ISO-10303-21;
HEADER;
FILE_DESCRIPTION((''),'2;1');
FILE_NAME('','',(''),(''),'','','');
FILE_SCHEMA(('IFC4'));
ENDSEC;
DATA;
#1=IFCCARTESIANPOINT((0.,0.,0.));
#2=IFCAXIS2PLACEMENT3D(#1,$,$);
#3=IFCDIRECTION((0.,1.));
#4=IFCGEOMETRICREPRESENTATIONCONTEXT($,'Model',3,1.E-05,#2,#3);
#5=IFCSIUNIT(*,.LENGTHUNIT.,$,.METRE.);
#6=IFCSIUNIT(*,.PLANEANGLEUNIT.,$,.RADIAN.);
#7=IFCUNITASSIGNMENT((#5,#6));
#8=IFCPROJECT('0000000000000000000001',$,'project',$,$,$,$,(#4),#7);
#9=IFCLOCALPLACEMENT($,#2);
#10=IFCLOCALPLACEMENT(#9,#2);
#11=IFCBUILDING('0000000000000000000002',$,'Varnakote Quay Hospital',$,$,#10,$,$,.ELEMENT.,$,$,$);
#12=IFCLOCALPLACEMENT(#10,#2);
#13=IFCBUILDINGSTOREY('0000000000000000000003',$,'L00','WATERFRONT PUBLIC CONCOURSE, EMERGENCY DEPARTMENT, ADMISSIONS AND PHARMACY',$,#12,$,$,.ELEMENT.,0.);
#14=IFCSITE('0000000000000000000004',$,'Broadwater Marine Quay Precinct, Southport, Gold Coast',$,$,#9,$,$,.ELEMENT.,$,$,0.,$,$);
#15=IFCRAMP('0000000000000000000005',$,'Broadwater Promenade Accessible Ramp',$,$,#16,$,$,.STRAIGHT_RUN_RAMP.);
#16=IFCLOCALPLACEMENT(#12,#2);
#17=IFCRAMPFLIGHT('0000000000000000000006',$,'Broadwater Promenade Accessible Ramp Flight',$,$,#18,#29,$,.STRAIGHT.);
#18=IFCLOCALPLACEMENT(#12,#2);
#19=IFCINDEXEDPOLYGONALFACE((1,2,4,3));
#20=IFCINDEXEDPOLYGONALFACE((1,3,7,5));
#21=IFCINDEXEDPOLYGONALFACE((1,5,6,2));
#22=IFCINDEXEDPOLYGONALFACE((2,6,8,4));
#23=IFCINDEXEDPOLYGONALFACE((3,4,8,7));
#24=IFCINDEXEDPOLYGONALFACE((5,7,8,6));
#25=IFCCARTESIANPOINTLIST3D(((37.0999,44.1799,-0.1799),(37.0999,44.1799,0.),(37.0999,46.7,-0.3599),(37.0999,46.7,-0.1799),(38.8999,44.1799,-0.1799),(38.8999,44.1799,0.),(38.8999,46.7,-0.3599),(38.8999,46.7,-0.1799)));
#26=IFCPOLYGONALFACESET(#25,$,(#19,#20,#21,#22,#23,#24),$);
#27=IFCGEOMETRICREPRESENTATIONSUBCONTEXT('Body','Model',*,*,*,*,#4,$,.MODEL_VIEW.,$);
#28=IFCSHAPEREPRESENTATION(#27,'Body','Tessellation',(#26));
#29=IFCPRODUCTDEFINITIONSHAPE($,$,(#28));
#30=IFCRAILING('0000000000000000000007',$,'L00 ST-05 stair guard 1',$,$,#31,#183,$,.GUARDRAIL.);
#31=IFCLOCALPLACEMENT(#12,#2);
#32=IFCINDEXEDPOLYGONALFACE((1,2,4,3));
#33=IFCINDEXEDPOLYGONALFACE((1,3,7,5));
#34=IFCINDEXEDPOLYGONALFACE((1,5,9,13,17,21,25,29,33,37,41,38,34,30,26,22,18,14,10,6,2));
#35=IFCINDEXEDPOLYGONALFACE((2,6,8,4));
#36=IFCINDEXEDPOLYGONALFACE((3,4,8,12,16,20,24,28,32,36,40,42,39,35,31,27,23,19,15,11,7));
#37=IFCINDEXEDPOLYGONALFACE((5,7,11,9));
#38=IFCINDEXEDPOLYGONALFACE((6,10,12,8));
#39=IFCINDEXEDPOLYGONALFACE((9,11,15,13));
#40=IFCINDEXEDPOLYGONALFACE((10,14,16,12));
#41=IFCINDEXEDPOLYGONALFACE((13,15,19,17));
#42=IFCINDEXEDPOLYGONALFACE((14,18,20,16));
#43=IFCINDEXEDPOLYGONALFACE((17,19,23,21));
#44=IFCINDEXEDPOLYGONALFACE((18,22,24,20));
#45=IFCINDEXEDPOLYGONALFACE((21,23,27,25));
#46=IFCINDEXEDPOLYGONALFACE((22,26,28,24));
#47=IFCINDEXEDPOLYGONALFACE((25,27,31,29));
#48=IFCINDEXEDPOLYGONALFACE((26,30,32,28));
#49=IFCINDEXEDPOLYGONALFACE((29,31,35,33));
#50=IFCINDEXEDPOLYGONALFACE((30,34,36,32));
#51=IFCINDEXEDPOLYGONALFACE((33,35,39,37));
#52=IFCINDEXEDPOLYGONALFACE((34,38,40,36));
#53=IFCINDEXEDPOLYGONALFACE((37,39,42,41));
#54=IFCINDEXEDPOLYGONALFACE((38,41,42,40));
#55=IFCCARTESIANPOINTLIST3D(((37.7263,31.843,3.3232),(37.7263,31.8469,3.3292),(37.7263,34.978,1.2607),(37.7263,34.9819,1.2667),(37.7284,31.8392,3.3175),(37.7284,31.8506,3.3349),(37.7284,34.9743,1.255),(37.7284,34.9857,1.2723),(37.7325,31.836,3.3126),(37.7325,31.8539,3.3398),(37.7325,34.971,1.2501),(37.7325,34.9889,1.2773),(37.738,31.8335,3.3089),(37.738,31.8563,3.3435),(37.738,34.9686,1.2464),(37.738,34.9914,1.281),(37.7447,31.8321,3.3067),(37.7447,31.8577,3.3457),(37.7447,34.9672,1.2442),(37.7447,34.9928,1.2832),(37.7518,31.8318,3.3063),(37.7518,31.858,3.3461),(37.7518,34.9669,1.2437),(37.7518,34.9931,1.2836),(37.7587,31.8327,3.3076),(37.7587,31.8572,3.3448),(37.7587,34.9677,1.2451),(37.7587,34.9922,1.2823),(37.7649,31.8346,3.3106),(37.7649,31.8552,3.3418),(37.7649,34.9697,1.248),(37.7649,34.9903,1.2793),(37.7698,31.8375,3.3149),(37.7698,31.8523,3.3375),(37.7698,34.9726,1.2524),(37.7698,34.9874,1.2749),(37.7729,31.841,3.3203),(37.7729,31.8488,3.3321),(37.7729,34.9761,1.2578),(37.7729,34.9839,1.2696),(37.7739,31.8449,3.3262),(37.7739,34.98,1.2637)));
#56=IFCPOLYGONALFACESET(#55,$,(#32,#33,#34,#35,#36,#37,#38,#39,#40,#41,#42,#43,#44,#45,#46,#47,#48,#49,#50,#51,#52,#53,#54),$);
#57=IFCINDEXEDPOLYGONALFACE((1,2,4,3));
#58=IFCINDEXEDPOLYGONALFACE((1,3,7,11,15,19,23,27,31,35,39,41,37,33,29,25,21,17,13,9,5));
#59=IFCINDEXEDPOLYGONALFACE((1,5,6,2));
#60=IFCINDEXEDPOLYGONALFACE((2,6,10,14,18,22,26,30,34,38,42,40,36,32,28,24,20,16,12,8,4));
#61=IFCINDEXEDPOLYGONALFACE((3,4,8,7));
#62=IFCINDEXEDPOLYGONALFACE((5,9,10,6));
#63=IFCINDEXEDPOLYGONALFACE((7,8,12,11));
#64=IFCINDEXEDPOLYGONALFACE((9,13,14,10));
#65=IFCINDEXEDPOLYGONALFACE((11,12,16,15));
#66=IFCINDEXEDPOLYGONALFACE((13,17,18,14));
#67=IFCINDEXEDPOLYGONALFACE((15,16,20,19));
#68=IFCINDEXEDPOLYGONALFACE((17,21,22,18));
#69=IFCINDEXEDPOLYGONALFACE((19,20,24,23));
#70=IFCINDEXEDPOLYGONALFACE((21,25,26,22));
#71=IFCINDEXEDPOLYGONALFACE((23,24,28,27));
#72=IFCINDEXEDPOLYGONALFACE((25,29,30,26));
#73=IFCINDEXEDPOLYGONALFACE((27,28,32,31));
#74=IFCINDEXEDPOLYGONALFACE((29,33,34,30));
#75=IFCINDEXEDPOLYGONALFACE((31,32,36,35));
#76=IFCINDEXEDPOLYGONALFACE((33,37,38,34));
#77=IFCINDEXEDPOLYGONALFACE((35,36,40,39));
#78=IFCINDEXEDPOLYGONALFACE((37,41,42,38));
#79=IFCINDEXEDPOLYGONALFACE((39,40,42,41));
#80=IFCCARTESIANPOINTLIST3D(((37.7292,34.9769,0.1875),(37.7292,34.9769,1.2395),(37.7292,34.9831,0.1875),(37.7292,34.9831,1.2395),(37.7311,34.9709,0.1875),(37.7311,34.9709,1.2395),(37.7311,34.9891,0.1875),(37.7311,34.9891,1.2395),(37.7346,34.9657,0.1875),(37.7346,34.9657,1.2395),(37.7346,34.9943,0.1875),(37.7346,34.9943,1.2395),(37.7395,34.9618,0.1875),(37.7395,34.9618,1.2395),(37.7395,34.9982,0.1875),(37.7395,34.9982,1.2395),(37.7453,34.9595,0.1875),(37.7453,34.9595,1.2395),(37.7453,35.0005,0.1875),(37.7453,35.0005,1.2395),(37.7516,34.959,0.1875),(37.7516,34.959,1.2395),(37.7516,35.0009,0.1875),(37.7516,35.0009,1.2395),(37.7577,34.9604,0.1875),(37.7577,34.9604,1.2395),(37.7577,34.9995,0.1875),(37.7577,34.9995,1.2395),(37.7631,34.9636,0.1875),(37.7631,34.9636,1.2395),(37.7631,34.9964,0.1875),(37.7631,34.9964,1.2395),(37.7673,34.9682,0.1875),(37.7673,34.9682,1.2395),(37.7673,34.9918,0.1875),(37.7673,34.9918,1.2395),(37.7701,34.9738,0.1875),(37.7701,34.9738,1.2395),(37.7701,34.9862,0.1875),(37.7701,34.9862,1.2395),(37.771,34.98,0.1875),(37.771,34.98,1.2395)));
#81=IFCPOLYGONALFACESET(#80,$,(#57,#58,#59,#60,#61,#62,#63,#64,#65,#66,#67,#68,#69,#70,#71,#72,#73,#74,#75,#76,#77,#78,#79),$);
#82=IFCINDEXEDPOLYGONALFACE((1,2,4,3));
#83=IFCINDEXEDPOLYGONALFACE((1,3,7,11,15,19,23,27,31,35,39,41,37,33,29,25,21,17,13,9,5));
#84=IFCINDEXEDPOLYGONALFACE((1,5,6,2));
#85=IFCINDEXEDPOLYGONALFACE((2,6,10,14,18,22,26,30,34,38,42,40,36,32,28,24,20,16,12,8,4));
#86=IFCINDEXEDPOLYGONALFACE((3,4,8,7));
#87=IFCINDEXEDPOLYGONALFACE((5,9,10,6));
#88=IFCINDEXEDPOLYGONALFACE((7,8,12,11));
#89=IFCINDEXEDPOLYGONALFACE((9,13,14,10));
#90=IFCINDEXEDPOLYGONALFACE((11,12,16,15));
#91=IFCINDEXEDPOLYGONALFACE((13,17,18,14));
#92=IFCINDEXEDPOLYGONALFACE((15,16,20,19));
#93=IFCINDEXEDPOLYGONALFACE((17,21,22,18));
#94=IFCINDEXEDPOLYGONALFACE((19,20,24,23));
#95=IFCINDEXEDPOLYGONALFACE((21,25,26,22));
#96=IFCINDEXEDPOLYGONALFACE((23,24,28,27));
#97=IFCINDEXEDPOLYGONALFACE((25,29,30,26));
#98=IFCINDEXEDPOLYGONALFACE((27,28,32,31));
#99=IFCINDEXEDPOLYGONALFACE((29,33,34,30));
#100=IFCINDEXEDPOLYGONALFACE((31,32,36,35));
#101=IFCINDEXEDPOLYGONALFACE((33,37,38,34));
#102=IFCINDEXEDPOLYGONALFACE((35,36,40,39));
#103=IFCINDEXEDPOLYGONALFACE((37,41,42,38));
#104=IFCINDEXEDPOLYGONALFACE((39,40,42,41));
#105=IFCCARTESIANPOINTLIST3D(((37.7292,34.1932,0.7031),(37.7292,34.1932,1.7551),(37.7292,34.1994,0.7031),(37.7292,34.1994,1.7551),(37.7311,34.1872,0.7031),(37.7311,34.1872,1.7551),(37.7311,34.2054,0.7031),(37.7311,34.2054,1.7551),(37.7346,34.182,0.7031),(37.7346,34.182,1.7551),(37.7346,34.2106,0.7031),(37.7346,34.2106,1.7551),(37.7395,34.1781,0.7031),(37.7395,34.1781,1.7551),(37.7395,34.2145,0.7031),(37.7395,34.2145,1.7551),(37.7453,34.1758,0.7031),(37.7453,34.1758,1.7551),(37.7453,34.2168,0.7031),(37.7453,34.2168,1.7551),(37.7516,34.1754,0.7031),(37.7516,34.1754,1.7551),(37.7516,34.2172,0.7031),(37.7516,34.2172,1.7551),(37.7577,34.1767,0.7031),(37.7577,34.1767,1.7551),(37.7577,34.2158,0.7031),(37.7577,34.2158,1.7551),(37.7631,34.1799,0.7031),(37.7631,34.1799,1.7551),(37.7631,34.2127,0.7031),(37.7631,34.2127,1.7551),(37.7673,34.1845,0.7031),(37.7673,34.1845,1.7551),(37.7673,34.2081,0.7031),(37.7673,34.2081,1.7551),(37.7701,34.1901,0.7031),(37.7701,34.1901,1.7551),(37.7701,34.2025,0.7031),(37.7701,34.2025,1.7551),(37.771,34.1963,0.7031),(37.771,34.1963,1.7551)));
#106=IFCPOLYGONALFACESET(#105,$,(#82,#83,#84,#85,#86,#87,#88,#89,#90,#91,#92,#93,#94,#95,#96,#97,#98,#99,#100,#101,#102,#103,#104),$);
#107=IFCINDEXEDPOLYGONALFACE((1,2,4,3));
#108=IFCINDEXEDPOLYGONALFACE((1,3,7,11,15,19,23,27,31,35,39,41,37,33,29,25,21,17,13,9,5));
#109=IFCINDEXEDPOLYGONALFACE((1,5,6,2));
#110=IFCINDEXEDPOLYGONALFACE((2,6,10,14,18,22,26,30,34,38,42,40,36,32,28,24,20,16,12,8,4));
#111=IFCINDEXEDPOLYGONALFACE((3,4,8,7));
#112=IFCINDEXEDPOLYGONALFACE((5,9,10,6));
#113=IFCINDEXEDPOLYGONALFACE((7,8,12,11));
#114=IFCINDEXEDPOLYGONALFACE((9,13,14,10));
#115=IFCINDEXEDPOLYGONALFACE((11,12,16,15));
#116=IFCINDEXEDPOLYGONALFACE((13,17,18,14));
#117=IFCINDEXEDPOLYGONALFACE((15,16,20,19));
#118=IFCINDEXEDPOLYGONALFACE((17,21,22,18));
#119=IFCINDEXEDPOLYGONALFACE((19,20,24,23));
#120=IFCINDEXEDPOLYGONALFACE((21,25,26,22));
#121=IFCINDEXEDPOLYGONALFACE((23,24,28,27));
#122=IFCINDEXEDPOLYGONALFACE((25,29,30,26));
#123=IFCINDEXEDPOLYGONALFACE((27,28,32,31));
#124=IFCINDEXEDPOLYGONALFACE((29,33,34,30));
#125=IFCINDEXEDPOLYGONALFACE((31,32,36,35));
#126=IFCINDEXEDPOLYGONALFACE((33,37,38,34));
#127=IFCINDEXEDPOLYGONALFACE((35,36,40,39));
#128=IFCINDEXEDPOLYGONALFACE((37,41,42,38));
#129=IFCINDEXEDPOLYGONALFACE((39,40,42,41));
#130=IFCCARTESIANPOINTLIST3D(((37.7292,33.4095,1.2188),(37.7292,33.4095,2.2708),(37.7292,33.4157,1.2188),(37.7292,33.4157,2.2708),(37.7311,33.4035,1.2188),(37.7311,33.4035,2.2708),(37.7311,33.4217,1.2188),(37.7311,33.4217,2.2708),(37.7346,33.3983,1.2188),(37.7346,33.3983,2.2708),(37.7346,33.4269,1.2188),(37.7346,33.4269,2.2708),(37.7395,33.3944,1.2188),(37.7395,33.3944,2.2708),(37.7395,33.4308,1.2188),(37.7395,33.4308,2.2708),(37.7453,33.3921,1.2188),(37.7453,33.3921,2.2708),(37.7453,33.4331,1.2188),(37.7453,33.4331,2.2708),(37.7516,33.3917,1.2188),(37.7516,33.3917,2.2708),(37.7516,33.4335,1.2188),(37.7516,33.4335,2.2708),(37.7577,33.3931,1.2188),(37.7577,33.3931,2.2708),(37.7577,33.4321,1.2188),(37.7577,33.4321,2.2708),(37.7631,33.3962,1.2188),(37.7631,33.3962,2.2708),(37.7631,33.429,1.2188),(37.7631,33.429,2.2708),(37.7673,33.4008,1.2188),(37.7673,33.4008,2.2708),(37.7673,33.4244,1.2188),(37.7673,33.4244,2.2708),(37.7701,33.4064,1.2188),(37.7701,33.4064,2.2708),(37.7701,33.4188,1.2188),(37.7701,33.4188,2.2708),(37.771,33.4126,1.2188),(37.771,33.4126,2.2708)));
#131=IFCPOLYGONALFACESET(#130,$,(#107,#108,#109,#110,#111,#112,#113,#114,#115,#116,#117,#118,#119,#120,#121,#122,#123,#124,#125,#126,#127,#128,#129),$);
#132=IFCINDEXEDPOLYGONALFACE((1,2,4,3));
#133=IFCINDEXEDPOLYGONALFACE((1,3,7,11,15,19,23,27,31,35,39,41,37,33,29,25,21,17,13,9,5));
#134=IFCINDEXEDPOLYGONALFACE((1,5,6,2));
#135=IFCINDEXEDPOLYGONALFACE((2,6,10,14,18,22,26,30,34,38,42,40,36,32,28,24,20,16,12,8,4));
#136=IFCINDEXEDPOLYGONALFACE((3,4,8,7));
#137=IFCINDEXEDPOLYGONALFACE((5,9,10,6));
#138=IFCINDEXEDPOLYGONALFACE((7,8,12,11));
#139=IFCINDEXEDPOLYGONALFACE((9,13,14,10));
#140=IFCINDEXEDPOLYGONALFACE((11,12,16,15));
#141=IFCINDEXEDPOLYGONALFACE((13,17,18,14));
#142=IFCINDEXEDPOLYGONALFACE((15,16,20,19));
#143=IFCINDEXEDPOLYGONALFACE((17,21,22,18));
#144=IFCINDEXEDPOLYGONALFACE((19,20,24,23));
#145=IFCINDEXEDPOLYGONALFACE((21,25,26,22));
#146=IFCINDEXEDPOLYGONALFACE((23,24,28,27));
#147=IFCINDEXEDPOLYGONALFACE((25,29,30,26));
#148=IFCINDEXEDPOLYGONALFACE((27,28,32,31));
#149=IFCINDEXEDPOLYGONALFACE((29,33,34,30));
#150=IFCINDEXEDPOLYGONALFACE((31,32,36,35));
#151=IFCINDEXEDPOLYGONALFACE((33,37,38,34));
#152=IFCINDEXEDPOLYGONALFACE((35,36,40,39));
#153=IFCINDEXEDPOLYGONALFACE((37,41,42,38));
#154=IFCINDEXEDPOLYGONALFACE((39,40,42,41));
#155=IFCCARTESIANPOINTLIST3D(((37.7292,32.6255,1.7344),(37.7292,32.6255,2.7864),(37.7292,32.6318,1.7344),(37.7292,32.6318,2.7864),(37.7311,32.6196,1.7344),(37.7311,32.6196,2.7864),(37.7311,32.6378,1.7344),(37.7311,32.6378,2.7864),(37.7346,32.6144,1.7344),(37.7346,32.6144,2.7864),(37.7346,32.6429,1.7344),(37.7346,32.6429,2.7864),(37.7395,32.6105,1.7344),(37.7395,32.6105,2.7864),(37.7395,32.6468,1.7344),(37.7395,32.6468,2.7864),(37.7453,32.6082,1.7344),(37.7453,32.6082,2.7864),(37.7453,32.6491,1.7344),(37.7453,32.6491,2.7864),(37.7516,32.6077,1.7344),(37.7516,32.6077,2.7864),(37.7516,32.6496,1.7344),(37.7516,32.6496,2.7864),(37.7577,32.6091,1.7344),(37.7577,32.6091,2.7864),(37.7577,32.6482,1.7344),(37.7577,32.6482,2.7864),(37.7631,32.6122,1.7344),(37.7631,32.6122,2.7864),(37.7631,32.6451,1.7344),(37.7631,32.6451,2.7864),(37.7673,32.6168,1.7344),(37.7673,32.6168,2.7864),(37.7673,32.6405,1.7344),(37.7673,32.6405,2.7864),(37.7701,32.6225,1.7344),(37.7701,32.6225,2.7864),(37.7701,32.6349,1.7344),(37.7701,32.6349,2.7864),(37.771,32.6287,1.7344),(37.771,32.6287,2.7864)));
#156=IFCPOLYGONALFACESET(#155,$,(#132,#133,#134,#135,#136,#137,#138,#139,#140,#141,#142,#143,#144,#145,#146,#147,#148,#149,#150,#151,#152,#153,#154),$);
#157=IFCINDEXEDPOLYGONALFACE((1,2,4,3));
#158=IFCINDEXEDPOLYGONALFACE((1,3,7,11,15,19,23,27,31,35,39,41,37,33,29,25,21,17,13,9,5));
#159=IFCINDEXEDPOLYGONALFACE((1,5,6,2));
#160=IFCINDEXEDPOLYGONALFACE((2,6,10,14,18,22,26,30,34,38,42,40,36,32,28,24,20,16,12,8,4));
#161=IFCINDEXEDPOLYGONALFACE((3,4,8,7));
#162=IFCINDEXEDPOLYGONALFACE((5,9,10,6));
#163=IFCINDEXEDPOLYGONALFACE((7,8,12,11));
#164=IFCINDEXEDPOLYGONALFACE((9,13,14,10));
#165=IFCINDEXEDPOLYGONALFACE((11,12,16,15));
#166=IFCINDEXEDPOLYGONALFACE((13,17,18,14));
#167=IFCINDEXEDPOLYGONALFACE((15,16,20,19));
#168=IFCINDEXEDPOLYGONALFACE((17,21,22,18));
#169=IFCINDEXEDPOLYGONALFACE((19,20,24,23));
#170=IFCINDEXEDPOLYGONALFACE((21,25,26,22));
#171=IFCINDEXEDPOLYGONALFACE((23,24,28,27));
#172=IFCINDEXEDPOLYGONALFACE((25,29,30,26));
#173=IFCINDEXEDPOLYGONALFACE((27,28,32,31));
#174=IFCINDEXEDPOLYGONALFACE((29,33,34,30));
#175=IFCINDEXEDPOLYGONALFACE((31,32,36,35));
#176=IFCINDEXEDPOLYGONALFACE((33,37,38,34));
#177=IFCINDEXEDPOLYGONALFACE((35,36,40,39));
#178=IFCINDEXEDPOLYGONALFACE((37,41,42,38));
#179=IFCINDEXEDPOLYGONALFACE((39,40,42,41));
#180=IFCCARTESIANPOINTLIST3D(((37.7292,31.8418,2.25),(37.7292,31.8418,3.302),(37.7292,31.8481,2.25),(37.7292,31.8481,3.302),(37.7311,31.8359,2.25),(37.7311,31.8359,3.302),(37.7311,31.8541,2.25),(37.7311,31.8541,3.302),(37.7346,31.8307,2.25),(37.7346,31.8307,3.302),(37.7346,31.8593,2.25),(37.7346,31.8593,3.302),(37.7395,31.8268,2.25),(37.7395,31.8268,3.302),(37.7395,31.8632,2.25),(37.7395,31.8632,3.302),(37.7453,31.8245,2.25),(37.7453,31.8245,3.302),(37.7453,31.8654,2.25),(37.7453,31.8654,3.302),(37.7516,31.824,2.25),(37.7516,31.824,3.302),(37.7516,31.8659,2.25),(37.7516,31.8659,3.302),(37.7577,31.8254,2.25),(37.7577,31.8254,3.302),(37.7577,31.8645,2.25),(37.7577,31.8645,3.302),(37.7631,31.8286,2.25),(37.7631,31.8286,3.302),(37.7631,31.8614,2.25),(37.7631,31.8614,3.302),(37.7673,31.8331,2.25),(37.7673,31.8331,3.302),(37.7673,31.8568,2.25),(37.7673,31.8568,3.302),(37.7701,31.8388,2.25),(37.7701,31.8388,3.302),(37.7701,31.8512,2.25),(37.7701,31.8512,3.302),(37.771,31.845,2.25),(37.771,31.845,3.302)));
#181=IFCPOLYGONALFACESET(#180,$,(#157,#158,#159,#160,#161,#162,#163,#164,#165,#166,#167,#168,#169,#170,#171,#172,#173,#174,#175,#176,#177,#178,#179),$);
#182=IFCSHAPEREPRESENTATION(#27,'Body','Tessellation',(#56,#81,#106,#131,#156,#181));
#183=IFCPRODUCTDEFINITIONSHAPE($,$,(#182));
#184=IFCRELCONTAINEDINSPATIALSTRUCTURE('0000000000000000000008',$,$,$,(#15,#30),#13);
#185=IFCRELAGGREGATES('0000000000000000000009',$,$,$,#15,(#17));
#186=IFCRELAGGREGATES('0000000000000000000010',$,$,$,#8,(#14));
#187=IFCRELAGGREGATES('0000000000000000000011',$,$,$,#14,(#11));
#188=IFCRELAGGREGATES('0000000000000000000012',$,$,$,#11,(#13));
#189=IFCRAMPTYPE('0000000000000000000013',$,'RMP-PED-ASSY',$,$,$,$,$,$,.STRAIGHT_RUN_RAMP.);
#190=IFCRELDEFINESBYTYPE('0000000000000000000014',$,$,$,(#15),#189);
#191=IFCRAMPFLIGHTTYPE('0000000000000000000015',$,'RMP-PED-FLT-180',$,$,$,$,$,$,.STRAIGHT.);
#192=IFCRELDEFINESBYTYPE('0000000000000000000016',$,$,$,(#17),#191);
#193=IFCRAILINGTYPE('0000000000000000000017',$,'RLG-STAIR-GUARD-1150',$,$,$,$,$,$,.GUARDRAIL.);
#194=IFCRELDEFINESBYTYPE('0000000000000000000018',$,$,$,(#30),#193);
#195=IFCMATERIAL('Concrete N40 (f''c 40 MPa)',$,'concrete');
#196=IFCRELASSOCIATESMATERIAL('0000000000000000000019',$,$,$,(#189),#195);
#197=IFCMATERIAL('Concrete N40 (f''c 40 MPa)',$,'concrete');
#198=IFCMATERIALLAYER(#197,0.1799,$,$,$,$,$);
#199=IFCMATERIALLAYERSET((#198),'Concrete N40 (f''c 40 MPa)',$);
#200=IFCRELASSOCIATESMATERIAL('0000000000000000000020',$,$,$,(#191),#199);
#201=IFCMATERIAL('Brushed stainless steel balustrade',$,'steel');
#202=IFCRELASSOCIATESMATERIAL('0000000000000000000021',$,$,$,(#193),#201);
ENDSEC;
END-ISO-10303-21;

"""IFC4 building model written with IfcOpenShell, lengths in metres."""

from ifc_helpers import new_model, si_unit, direction, frame, origin, origin_2d, place, context, subcontext, project, spatial, polyline, circle, outline, extrude, material, layer, layer_set, type_object, element, aggregate, save


model = new_model("IFC4")

# Units and contexts
model_context = context("Model", 3, precision=1e-05, world=origin(), true_north=direction((0.0, 1.0)))
body_context = subcontext(model_context, "Body", "Model", "MODEL_VIEW")
ifc_project = project(units=[si_unit("LENGTHUNIT", "METRE"), si_unit("PLANEANGLEUNIT", "RADIAN")], contexts=[model_context])

# Site, building, storey
site_placement = place(None, origin())
site = spatial("IfcSite", under=ifc_project, at=site_placement, Name="Broadwater Marine Quay Precinct, Southport, Gold Coast", CompositionType="ELEMENT", RefElevation=0.0)
building_placement = place(site_placement, origin())
building = spatial("IfcBuilding", under=site, at=building_placement, Name="Varnakote Quay Hospital", CompositionType="ELEMENT")
storey_placement = place(building_placement, origin())
storey = spatial("IfcBuildingStorey", under=building, at=storey_placement, Name="L00", Description="WATERFRONT PUBLIC CONCOURSE, EMERGENCY DEPARTMENT, ADMISSIONS AND PHARMACY", CompositionType="ELEMENT", Elevation=0.0)

# Ramp, ramp flight
ifc_material_1 = material(Name="Concrete N40 (f'c 40 MPa)", Category="concrete")
ramp_type = type_object("IfcRampType", Name="RMP-PED-ASSY", PredefinedType="STRAIGHT_RUN_RAMP", material=ifc_material_1)
ramp_placement = place(storey_placement, origin())
ramp = element("IfcRamp", 1, at=ramp_placement, inside=storey, type_object=ramp_type, Name="Broadwater Promenade Accessible Ramp", PredefinedType="STRAIGHT_RUN_RAMP")
ifc_material_2 = material(Name="Concrete N40 (f'c 40 MPa)", Category="concrete")
ifc_layer_1 = layer(ifc_material_2, 0.1799)
ifc_layer_set_1 = layer_set([ifc_layer_1], Name="Concrete N40 (f'c 40 MPa)")
ramp_flight_type = type_object("IfcRampFlightType", Name="RMP-PED-FLT-180", PredefinedType="STRAIGHT", material=ifc_layer_set_1)
ramp_flight_placement = place(storey_placement, frame((38.0, 46.7, -0.1799), z_axis=(0.0, 0.0, 1.0), x_axis=(0.0, -1.0, 0.0)))
ramp_flight = element("IfcRampFlight", 2, at=ramp_flight_placement, type_object=ramp_flight_type, Name="Broadwater Promenade Accessible Ramp Flight", PredefinedType="STRAIGHT", context=body_context, shape_type="SweptSolid", body=[
    extrude(outline(polyline([(0.0, 0.0), (2.52, 0.1799), (2.52, 0.0), (0.0, -0.1799), (0.0, 0.0)])), frame((0.0, 0.8999, 0.0), z_axis=(0.0, -1.0, 0.0), x_axis=(1.0, 0.0, 0.0)), (0.0, 0.0, 1.0), 1.8),
])
aggregate(ramp, [ramp_flight])

# Railing
ifc_material_3 = material(Name="Brushed stainless steel balustrade", Category="steel")
railing_type_1 = type_object("IfcRailingType", Name="RLG-STAIR-GUARD-1150", PredefinedType="GUARDRAIL", material=ifc_material_3)
railing_1_placement = place(storey_placement, frame((37.75, 34.98, 0.1875)))
element("IfcRailing", 3, at=railing_1_placement, inside=storey, type_object=railing_type_1, Name="L00 ST-05 stair guard 1", PredefinedType="GUARDRAIL", context=body_context, shape_type="SweptSolid", body=[
    extrude(circle(Radius=0.0239, at=origin_2d()), frame((0.0, 0.0, 1.0762), z_axis=(0.0, -0.835418, 0.549615), x_axis=(1.0, 0.0, 0.0)), (0.0, 0.0, 1.0), 3.7527),
    extrude(circle(Radius=0.021, at=origin_2d()), origin(), (0.0, 0.0, 1.0), 1.052),
    extrude(circle(Radius=0.021, at=origin_2d()), frame((0.0, -0.7837, 0.5156)), (0.0, 0.0, 1.0), 1.052),
    extrude(circle(Radius=0.021, at=origin_2d()), frame((0.0, -1.5674, 1.0312)), (0.0, 0.0, 1.0), 1.052),
    extrude(circle(Radius=0.021, at=origin_2d()), frame((0.0, -2.3513, 1.5469)), (0.0, 0.0, 1.0), 1.052),
    extrude(circle(Radius=0.021, at=origin_2d()), frame((0.0, -3.135, 2.0625)), (0.0, 0.0, 1.0), 1.052),
])

save(model, "model.ifc")
